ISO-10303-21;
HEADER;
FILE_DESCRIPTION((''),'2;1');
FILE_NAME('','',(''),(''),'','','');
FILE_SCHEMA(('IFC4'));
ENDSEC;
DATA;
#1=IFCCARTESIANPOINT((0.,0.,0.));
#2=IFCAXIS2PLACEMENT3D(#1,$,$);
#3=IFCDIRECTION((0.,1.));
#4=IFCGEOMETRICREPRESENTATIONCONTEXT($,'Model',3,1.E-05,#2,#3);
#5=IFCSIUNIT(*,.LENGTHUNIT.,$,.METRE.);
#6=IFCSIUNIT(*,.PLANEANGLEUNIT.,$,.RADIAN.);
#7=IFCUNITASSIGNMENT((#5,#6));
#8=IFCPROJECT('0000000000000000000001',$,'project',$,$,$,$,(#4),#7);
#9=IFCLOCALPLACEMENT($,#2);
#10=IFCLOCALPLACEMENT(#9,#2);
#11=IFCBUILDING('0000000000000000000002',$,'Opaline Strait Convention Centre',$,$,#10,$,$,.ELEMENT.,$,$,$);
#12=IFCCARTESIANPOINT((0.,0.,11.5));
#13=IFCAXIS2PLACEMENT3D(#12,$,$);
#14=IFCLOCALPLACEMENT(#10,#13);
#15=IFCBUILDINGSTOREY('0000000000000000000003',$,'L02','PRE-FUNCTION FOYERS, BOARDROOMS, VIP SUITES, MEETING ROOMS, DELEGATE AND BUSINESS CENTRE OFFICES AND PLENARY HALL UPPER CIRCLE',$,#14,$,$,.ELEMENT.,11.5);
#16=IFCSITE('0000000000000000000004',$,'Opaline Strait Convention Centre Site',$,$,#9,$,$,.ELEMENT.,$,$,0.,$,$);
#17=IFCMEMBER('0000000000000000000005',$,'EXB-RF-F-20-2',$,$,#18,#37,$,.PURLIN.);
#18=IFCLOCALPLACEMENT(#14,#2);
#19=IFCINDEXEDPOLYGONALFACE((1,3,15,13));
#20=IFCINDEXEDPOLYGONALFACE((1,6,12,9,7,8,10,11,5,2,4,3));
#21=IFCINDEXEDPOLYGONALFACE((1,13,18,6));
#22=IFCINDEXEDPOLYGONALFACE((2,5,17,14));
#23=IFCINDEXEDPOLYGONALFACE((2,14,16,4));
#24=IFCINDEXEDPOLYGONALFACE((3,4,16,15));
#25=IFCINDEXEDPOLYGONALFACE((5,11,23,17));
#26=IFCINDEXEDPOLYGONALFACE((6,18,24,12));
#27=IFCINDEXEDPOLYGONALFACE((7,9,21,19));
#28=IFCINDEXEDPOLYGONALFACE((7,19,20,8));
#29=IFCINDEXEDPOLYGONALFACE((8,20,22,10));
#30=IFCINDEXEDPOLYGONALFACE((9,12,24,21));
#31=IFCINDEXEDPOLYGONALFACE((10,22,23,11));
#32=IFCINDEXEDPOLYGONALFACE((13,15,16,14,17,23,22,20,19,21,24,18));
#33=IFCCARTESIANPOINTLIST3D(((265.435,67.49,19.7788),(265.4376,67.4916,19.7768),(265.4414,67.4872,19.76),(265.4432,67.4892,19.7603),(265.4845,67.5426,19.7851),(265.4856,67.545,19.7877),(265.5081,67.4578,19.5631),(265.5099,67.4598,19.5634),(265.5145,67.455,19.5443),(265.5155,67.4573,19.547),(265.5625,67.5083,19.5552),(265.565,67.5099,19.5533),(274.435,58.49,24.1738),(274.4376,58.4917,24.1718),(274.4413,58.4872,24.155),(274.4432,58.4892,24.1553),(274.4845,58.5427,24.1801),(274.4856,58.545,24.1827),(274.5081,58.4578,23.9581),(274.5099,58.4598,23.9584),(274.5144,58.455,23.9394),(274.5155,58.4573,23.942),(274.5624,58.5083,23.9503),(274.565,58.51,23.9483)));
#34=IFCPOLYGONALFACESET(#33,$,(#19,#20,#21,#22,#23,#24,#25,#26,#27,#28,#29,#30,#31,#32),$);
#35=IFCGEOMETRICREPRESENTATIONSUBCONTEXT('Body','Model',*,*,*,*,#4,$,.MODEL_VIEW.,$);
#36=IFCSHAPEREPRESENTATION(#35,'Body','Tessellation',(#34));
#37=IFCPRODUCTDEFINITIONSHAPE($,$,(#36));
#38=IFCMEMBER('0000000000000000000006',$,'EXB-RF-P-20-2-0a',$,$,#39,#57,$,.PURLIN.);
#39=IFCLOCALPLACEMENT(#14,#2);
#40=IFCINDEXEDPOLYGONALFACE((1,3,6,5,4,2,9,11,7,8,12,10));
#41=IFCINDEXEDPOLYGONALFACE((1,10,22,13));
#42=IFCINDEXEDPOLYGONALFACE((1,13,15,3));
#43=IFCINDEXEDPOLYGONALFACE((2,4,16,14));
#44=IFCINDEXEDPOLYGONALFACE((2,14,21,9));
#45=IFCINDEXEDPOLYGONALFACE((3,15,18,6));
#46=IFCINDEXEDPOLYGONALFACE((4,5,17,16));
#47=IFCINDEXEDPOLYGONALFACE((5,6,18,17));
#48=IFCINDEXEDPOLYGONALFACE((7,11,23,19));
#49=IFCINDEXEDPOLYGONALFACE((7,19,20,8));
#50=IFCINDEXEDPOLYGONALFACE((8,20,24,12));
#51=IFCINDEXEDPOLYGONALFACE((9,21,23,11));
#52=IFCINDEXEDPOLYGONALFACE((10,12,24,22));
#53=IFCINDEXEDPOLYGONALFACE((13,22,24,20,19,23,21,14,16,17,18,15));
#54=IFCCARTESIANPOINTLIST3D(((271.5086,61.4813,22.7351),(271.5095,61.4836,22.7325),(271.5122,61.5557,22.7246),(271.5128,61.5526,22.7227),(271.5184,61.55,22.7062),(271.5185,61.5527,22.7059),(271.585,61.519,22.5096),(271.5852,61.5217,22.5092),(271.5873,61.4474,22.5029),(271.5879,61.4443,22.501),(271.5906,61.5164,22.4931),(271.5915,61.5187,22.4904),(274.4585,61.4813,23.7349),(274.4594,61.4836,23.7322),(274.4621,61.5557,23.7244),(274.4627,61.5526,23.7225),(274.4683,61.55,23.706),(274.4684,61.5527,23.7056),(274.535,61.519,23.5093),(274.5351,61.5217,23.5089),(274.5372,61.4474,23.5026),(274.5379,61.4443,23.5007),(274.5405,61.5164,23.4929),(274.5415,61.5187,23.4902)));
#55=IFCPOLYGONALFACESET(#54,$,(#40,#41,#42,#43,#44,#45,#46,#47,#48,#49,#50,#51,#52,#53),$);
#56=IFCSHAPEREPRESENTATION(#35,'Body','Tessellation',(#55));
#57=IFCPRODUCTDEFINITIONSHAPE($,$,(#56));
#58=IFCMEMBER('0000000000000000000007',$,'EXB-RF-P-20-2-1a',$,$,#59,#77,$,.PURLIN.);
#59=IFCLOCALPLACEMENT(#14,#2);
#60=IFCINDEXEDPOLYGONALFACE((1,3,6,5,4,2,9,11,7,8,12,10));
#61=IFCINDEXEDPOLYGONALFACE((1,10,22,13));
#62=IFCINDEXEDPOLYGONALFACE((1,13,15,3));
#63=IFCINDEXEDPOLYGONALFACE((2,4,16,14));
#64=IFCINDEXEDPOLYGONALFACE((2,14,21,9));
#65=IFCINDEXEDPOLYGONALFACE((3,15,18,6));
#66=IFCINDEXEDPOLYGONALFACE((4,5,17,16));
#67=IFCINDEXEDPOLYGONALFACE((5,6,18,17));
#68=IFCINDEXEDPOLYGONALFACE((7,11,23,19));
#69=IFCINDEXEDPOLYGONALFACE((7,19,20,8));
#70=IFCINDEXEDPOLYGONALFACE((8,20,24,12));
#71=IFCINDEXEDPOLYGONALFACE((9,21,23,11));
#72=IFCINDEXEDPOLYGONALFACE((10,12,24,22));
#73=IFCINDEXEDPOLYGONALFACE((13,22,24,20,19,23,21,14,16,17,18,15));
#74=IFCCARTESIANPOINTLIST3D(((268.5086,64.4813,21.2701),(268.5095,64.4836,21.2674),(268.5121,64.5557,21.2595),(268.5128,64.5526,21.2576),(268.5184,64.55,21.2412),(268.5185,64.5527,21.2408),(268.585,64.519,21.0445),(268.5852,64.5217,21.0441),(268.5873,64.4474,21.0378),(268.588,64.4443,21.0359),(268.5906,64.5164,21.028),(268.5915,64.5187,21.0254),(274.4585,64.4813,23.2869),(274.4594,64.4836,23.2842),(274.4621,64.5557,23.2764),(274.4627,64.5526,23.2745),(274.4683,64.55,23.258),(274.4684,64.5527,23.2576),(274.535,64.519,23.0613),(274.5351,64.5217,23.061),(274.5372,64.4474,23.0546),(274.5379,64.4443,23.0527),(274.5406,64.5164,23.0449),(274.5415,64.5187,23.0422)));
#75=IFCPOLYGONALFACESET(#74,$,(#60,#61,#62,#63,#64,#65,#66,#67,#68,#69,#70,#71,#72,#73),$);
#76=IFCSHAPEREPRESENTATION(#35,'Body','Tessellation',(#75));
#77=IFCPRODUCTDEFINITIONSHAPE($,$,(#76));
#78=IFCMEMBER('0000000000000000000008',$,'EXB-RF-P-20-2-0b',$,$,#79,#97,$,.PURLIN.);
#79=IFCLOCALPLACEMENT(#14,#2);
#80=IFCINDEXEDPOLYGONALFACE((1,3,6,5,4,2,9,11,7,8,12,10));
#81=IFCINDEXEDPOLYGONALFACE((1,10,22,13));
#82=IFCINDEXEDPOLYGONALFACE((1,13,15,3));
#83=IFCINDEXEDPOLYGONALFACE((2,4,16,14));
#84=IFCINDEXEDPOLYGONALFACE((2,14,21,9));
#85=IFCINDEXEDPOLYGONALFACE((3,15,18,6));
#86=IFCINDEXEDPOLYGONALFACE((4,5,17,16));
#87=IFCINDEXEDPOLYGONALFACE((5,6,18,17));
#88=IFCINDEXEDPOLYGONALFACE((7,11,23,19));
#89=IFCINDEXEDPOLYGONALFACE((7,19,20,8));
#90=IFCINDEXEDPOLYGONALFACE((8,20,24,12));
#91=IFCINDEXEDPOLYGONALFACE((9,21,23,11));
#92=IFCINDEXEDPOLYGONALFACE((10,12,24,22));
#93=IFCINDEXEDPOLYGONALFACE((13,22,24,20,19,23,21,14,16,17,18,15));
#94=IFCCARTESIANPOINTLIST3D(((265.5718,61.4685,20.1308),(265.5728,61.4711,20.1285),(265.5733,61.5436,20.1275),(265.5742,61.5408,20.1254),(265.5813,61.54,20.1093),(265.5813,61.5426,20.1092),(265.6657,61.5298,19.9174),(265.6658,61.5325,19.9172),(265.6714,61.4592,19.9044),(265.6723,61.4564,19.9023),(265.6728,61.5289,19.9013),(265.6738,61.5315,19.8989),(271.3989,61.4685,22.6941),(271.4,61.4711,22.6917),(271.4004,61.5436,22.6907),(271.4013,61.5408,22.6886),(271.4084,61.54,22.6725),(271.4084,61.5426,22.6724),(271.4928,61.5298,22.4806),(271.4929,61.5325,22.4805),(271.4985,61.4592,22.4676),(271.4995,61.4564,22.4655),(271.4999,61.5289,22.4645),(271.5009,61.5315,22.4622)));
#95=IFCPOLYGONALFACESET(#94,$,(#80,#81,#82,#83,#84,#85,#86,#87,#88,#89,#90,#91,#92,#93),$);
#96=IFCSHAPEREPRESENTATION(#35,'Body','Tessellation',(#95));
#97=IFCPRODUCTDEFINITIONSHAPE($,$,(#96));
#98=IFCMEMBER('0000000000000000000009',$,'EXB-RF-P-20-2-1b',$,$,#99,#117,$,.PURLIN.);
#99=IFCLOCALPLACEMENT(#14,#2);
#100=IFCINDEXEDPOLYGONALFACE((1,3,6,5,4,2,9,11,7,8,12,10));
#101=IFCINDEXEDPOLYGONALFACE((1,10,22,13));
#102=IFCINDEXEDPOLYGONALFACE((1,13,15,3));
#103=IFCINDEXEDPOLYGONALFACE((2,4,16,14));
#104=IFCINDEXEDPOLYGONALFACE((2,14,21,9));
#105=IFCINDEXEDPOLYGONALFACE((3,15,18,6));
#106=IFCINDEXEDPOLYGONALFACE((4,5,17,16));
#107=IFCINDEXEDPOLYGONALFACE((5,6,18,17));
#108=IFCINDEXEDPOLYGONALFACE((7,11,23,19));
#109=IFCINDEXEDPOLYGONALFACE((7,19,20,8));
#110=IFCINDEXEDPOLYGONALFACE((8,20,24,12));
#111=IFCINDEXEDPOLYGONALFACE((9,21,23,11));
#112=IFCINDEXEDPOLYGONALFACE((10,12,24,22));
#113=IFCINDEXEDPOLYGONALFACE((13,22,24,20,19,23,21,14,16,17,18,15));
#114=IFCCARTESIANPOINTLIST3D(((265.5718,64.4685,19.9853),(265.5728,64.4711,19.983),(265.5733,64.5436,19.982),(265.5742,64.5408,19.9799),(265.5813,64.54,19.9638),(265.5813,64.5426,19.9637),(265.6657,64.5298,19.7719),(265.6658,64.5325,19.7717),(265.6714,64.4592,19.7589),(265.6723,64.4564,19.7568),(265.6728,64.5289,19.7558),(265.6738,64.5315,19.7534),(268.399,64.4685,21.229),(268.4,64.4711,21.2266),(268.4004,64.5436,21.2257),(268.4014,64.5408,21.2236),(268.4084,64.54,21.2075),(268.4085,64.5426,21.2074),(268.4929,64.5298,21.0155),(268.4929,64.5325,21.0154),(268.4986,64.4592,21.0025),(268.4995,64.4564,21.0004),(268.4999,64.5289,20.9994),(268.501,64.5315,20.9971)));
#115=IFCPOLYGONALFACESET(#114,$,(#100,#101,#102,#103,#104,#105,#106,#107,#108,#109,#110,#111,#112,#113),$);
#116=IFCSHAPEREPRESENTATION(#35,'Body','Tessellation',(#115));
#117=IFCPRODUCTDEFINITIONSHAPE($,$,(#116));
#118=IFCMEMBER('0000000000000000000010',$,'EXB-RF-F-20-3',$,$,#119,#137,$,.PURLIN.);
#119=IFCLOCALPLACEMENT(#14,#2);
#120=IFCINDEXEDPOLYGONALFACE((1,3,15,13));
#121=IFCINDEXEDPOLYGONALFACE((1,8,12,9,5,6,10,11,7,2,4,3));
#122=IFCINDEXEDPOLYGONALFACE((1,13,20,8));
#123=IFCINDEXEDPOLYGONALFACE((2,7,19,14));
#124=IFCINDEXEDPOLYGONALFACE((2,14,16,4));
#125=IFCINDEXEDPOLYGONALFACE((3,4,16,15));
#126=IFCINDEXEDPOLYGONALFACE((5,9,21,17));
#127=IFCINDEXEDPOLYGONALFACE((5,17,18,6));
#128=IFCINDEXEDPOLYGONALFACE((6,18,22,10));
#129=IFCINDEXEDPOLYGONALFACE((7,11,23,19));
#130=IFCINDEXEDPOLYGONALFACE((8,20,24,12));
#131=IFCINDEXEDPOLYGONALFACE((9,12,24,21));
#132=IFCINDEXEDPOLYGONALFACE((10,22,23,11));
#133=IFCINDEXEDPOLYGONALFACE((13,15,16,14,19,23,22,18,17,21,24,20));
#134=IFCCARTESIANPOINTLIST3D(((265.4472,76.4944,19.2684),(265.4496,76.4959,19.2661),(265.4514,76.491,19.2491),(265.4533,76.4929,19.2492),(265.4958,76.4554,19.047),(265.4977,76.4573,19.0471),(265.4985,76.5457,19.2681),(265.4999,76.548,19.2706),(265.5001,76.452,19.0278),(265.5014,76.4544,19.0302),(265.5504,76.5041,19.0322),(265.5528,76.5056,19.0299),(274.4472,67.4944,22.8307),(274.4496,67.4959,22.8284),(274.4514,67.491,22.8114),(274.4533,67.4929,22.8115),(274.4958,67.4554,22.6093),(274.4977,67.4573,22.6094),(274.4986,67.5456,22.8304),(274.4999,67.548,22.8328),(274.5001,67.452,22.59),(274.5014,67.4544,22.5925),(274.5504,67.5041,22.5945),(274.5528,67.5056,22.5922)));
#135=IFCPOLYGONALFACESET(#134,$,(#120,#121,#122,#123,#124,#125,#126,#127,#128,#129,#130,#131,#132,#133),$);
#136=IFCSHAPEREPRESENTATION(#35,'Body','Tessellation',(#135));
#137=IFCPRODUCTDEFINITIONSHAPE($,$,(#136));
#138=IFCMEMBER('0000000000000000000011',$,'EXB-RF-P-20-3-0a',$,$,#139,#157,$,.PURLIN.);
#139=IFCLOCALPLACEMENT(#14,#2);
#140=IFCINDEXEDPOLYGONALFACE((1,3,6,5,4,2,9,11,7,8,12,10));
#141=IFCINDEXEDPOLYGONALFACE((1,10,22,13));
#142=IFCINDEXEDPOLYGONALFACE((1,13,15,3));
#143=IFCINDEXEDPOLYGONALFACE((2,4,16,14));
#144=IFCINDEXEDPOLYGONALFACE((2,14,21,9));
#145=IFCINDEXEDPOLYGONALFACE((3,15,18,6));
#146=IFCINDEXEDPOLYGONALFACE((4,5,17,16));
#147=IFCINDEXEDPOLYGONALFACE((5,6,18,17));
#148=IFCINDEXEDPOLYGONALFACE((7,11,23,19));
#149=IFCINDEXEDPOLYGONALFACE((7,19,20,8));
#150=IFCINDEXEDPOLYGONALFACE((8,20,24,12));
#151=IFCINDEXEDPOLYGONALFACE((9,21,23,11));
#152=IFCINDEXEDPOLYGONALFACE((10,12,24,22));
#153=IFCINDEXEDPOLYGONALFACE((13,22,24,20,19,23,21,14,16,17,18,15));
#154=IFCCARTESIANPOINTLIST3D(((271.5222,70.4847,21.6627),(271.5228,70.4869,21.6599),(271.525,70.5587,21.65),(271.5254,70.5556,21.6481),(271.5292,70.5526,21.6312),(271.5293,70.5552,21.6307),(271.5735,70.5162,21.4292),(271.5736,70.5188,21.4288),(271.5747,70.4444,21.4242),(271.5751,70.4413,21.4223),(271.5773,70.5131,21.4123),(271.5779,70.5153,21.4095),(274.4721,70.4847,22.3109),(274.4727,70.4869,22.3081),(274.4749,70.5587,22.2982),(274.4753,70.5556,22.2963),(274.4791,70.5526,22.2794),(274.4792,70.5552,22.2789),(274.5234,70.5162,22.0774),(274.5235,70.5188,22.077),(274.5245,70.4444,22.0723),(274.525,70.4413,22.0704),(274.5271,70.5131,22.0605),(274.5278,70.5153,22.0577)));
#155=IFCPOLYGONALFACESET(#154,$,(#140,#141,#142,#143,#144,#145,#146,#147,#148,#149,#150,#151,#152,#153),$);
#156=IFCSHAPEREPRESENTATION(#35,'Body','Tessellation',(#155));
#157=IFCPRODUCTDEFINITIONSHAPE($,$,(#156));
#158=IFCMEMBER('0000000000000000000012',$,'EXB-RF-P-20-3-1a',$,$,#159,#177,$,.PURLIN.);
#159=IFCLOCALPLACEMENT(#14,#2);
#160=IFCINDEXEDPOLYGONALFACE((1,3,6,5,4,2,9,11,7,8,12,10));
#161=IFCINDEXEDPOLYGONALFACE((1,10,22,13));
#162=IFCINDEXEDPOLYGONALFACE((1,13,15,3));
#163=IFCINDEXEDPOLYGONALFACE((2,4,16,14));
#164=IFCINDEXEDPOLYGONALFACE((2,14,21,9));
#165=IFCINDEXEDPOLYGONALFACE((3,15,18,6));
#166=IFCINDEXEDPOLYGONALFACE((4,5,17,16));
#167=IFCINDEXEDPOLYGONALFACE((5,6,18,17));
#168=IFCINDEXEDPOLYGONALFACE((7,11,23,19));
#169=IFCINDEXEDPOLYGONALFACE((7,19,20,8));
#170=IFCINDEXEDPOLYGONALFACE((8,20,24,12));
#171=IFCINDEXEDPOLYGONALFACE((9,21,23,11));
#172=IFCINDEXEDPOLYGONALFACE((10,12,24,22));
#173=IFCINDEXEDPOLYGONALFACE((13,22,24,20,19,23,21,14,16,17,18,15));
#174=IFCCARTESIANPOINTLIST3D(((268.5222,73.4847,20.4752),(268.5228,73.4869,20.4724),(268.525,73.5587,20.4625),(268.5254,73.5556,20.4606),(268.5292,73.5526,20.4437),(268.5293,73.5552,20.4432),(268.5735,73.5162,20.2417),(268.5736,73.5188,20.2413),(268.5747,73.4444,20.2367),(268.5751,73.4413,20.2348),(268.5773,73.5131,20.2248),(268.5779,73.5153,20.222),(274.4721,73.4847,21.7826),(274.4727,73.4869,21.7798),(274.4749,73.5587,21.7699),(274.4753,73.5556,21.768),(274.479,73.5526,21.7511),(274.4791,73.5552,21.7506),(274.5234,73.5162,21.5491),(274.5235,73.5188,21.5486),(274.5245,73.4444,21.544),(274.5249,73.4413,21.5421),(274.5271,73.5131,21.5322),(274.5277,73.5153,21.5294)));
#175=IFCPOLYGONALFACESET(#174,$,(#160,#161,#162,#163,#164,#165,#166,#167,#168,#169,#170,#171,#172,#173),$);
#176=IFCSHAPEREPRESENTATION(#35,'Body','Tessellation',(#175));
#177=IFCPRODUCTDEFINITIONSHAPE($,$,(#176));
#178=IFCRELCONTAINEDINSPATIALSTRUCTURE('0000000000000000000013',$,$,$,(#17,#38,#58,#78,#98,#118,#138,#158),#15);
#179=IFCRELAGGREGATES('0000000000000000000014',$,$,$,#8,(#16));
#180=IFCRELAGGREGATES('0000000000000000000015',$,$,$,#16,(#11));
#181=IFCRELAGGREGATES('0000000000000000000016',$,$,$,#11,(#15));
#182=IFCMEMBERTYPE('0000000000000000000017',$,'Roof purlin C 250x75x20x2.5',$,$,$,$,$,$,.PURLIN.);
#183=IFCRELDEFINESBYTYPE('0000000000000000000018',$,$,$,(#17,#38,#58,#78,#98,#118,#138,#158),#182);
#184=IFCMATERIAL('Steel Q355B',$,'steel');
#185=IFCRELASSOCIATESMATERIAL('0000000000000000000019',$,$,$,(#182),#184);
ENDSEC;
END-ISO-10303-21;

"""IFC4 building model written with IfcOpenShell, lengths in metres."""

from ifc_helpers import new_model, si_unit, direction, frame, origin, place, context, subcontext, project, spatial, polyline, outline, extrude, material, material_profile, profile_set, type_object, element, save


model = new_model("IFC4")

# Units and contexts
model_context = context("Model", 3, precision=1e-05, world=origin(), true_north=direction((0.0, 1.0)))
body_context = subcontext(model_context, "Body", "Model", "MODEL_VIEW")
ifc_project = project(units=[si_unit("LENGTHUNIT", "METRE"), si_unit("PLANEANGLEUNIT", "RADIAN")], contexts=[model_context])

# Site, building, storey
site_placement = place(None, origin())
site = spatial("IfcSite", under=ifc_project, at=site_placement, Name="Opaline Strait Convention Centre Site", CompositionType="ELEMENT", RefElevation=0.0)
building_placement = place(site_placement, origin())
building = spatial("IfcBuilding", under=site, at=building_placement, Name="Opaline Strait Convention Centre", CompositionType="ELEMENT")
storey_placement = place(building_placement, frame((0.0, 0.0, 11.5)))
storey = spatial("IfcBuildingStorey", under=building, at=storey_placement, Name="L02", Description="PRE-FUNCTION FOYERS, BOARDROOMS, VIP SUITES, MEETING ROOMS, DELEGATE AND BUSINESS CENTRE OFFICES AND PLENARY HALL UPPER CIRCLE", CompositionType="ELEMENT", Elevation=11.5)

# Members
ifc_material_1 = material(Name="Steel Q355B", Category="steel")
ifc_material_profile_1 = material_profile(ifc_material_1, outline(polyline([(-0.0376, -0.125), (0.0376, -0.125), (0.0376, -0.105), (0.0349, -0.105), (0.0349, -0.1226), (-0.0349, -0.1226), (-0.0349, 0.1226), (0.0349, 0.1226), (0.0349, 0.105), (0.0376, 0.105), (0.0376, 0.125), (-0.0376, 0.125), (-0.0376, -0.125)])), Name="C 250x75x20x2.5")
ifc_profile_set_1 = profile_set([ifc_material_profile_1], Name="Steel Q355B")
member_type_1 = type_object("IfcMemberType", Name="Roof purlin C 250x75x20x2.5", PredefinedType="PURLIN", material=ifc_profile_set_1)
member_1_placement = place(storey_placement, frame((274.5, 58.5, 24.061), z_axis=(-0.668381, 0.668381, -0.326394), x_axis=(-0.672492, -0.730507, -0.118801)))
element("IfcMember", 1, at=member_1_placement, inside=storey, type_object=member_type_1, Name="EXB-RF-F-20-2", PredefinedType="PURLIN", context=body_context, shape_type="SweptSolid", body=[
    extrude(outline(polyline([(-0.0376, -0.125), (0.0376, -0.125), (0.0376, -0.105), (0.0349, -0.105), (0.0349, -0.1226), (-0.0349, -0.1226), (-0.0349, 0.1226), (0.0349, 0.1226), (0.0349, 0.105), (0.0376, 0.105), (0.0376, 0.125), (-0.0376, 0.125), (-0.0376, -0.125)])), origin(), (0.0, 0.0, 1.0), 13.4653),
])
member_2_placement = place(storey_placement, frame((271.55, 61.5, 22.6128), z_axis=(0.947088, 0.0, 0.320974), x_axis=(0.047429, 0.989022, -0.139948)))
element("IfcMember", 2, at=member_2_placement, inside=storey, type_object=member_type_1, Name="EXB-RF-P-20-2-0a", PredefinedType="PURLIN", context=body_context, shape_type="SweptSolid", body=[
    extrude(outline(polyline([(-0.0376, -0.125), (0.0376, -0.125), (0.0376, -0.105), (0.0349, -0.105), (0.0349, -0.1226), (-0.0349, -0.1226), (-0.0349, 0.1226), (0.0349, 0.1226), (0.0349, 0.105), (0.0376, 0.105), (0.0376, 0.125), (-0.0376, 0.125), (-0.0376, -0.125)])), origin(), (0.0, 0.0, 1.0), 3.1147),
])
member_3_placement = place(storey_placement, frame((268.55, 64.5, 21.1477), z_axis=(0.94707, 0.0, 0.321027), x_axis=(0.047437, 0.989022, -0.139945)))
element("IfcMember", 3, at=member_3_placement, inside=storey, type_object=member_type_1, Name="EXB-RF-P-20-2-1a", PredefinedType="PURLIN", context=body_context, shape_type="SweptSolid", body=[
    extrude(outline(polyline([(-0.0376, -0.125), (0.0376, -0.125), (0.0376, -0.105), (0.0349, -0.105), (0.0349, -0.1226), (-0.0349, -0.1226), (-0.0349, 0.1226), (0.0349, 0.1226), (0.0349, 0.105), (0.0376, 0.105), (0.0376, 0.125), (-0.0376, 0.125), (-0.0376, -0.125)])), origin(), (0.0, 0.0, 1.0), 6.2825),
])
member_4_placement = place(storey_placement, frame((265.6228, 61.5, 20.0149), z_axis=(0.915356, 0.0, 0.402645), x_axis=(0.019501, 0.998826, -0.044334)))
element("IfcMember", 4, at=member_4_placement, inside=storey, type_object=member_type_1, Name="EXB-RF-P-20-2-0b", PredefinedType="PURLIN", context=body_context, shape_type="SweptSolid", body=[
    extrude(outline(polyline([(-0.0376, -0.125), (0.0376, -0.125), (0.0376, -0.105), (0.0349, -0.105), (0.0349, -0.1226), (-0.0349, -0.1226), (-0.0349, 0.1226), (0.0349, 0.1226), (0.0349, 0.105), (0.0376, 0.105), (0.0376, 0.125), (-0.0376, 0.125), (-0.0376, -0.125)])), origin(), (0.0, 0.0, 1.0), 6.366),
])
member_5_placement = place(storey_placement, frame((265.6228, 64.5, 19.8694), z_axis=(0.91535, 0.0, 0.402659), x_axis=(0.019502, 0.998826, -0.044333)))
element("IfcMember", 5, at=member_5_placement, inside=storey, type_object=member_type_1, Name="EXB-RF-P-20-2-1b", PredefinedType="PURLIN", context=body_context, shape_type="SweptSolid", body=[
    extrude(outline(polyline([(-0.0376, -0.125), (0.0376, -0.125), (0.0376, -0.105), (0.0349, -0.105), (0.0349, -0.1226), (-0.0349, -0.1226), (-0.0349, 0.1226), (0.0349, 0.1226), (0.0349, 0.105), (0.0376, 0.105), (0.0376, 0.125), (-0.0376, 0.125), (-0.0376, -0.125)])), origin(), (0.0, 0.0, 1.0), 3.0886),
])
member_6_placement = place(storey_placement, frame((274.5, 67.5, 22.7114), z_axis=(-0.68094, 0.68094, -0.26952), x_axis=(-0.701136, -0.712454, -0.028595)))
element("IfcMember", 6, at=member_6_placement, inside=storey, type_object=member_type_1, Name="EXB-RF-F-20-3", PredefinedType="PURLIN", context=body_context, shape_type="SweptSolid", body=[
    extrude(outline(polyline([(-0.0376, -0.125), (0.0376, -0.125), (0.0376, -0.105), (0.0349, -0.105), (0.0349, -0.1226), (-0.0349, -0.1226), (-0.0349, 0.1226), (0.0349, 0.1226), (0.0349, 0.105), (0.0376, 0.105), (0.0376, 0.125), (-0.0376, 0.125), (-0.0376, -0.125)])), origin(), (0.0, 0.0, 1.0), 13.217),
])
member_7_placement = place(storey_placement, frame((271.55, 70.5, 21.5361), z_axis=(0.9767, 0.0, 0.21461), x_axis=(0.037219, 0.984847, -0.169384)))
element("IfcMember", 7, at=member_7_placement, inside=storey, type_object=member_type_1, Name="EXB-RF-P-20-3-0a", PredefinedType="PURLIN", context=body_context, shape_type="SweptSolid", body=[
    extrude(outline(polyline([(-0.0376, -0.125), (0.0376, -0.125), (0.0376, -0.105), (0.0349, -0.105), (0.0349, -0.1226), (-0.0349, -0.1226), (-0.0349, 0.1226), (0.0349, 0.1226), (0.0349, 0.105), (0.0376, 0.105), (0.0376, 0.125), (-0.0376, 0.125), (-0.0376, -0.125)])), origin(), (0.0, 0.0, 1.0), 3.0203),
])
member_8_placement = place(storey_placement, frame((268.55, 73.5, 20.3486), z_axis=(0.9767, 0.0, 0.214609), x_axis=(0.037218, 0.984847, -0.169384)))
element("IfcMember", 8, at=member_8_placement, inside=storey, type_object=member_type_1, Name="EXB-RF-P-20-3-1a", PredefinedType="PURLIN", context=body_context, shape_type="SweptSolid", body=[
    extrude(outline(polyline([(-0.0376, -0.125), (0.0376, -0.125), (0.0376, -0.105), (0.0349, -0.105), (0.0349, -0.1226), (-0.0349, -0.1226), (-0.0349, 0.1226), (0.0349, 0.1226), (0.0349, 0.105), (0.0376, 0.105), (0.0376, 0.125), (-0.0376, 0.125), (-0.0376, -0.125)])), origin(), (0.0, 0.0, 1.0), 6.0918),
])

save(model, "model.ifc")
